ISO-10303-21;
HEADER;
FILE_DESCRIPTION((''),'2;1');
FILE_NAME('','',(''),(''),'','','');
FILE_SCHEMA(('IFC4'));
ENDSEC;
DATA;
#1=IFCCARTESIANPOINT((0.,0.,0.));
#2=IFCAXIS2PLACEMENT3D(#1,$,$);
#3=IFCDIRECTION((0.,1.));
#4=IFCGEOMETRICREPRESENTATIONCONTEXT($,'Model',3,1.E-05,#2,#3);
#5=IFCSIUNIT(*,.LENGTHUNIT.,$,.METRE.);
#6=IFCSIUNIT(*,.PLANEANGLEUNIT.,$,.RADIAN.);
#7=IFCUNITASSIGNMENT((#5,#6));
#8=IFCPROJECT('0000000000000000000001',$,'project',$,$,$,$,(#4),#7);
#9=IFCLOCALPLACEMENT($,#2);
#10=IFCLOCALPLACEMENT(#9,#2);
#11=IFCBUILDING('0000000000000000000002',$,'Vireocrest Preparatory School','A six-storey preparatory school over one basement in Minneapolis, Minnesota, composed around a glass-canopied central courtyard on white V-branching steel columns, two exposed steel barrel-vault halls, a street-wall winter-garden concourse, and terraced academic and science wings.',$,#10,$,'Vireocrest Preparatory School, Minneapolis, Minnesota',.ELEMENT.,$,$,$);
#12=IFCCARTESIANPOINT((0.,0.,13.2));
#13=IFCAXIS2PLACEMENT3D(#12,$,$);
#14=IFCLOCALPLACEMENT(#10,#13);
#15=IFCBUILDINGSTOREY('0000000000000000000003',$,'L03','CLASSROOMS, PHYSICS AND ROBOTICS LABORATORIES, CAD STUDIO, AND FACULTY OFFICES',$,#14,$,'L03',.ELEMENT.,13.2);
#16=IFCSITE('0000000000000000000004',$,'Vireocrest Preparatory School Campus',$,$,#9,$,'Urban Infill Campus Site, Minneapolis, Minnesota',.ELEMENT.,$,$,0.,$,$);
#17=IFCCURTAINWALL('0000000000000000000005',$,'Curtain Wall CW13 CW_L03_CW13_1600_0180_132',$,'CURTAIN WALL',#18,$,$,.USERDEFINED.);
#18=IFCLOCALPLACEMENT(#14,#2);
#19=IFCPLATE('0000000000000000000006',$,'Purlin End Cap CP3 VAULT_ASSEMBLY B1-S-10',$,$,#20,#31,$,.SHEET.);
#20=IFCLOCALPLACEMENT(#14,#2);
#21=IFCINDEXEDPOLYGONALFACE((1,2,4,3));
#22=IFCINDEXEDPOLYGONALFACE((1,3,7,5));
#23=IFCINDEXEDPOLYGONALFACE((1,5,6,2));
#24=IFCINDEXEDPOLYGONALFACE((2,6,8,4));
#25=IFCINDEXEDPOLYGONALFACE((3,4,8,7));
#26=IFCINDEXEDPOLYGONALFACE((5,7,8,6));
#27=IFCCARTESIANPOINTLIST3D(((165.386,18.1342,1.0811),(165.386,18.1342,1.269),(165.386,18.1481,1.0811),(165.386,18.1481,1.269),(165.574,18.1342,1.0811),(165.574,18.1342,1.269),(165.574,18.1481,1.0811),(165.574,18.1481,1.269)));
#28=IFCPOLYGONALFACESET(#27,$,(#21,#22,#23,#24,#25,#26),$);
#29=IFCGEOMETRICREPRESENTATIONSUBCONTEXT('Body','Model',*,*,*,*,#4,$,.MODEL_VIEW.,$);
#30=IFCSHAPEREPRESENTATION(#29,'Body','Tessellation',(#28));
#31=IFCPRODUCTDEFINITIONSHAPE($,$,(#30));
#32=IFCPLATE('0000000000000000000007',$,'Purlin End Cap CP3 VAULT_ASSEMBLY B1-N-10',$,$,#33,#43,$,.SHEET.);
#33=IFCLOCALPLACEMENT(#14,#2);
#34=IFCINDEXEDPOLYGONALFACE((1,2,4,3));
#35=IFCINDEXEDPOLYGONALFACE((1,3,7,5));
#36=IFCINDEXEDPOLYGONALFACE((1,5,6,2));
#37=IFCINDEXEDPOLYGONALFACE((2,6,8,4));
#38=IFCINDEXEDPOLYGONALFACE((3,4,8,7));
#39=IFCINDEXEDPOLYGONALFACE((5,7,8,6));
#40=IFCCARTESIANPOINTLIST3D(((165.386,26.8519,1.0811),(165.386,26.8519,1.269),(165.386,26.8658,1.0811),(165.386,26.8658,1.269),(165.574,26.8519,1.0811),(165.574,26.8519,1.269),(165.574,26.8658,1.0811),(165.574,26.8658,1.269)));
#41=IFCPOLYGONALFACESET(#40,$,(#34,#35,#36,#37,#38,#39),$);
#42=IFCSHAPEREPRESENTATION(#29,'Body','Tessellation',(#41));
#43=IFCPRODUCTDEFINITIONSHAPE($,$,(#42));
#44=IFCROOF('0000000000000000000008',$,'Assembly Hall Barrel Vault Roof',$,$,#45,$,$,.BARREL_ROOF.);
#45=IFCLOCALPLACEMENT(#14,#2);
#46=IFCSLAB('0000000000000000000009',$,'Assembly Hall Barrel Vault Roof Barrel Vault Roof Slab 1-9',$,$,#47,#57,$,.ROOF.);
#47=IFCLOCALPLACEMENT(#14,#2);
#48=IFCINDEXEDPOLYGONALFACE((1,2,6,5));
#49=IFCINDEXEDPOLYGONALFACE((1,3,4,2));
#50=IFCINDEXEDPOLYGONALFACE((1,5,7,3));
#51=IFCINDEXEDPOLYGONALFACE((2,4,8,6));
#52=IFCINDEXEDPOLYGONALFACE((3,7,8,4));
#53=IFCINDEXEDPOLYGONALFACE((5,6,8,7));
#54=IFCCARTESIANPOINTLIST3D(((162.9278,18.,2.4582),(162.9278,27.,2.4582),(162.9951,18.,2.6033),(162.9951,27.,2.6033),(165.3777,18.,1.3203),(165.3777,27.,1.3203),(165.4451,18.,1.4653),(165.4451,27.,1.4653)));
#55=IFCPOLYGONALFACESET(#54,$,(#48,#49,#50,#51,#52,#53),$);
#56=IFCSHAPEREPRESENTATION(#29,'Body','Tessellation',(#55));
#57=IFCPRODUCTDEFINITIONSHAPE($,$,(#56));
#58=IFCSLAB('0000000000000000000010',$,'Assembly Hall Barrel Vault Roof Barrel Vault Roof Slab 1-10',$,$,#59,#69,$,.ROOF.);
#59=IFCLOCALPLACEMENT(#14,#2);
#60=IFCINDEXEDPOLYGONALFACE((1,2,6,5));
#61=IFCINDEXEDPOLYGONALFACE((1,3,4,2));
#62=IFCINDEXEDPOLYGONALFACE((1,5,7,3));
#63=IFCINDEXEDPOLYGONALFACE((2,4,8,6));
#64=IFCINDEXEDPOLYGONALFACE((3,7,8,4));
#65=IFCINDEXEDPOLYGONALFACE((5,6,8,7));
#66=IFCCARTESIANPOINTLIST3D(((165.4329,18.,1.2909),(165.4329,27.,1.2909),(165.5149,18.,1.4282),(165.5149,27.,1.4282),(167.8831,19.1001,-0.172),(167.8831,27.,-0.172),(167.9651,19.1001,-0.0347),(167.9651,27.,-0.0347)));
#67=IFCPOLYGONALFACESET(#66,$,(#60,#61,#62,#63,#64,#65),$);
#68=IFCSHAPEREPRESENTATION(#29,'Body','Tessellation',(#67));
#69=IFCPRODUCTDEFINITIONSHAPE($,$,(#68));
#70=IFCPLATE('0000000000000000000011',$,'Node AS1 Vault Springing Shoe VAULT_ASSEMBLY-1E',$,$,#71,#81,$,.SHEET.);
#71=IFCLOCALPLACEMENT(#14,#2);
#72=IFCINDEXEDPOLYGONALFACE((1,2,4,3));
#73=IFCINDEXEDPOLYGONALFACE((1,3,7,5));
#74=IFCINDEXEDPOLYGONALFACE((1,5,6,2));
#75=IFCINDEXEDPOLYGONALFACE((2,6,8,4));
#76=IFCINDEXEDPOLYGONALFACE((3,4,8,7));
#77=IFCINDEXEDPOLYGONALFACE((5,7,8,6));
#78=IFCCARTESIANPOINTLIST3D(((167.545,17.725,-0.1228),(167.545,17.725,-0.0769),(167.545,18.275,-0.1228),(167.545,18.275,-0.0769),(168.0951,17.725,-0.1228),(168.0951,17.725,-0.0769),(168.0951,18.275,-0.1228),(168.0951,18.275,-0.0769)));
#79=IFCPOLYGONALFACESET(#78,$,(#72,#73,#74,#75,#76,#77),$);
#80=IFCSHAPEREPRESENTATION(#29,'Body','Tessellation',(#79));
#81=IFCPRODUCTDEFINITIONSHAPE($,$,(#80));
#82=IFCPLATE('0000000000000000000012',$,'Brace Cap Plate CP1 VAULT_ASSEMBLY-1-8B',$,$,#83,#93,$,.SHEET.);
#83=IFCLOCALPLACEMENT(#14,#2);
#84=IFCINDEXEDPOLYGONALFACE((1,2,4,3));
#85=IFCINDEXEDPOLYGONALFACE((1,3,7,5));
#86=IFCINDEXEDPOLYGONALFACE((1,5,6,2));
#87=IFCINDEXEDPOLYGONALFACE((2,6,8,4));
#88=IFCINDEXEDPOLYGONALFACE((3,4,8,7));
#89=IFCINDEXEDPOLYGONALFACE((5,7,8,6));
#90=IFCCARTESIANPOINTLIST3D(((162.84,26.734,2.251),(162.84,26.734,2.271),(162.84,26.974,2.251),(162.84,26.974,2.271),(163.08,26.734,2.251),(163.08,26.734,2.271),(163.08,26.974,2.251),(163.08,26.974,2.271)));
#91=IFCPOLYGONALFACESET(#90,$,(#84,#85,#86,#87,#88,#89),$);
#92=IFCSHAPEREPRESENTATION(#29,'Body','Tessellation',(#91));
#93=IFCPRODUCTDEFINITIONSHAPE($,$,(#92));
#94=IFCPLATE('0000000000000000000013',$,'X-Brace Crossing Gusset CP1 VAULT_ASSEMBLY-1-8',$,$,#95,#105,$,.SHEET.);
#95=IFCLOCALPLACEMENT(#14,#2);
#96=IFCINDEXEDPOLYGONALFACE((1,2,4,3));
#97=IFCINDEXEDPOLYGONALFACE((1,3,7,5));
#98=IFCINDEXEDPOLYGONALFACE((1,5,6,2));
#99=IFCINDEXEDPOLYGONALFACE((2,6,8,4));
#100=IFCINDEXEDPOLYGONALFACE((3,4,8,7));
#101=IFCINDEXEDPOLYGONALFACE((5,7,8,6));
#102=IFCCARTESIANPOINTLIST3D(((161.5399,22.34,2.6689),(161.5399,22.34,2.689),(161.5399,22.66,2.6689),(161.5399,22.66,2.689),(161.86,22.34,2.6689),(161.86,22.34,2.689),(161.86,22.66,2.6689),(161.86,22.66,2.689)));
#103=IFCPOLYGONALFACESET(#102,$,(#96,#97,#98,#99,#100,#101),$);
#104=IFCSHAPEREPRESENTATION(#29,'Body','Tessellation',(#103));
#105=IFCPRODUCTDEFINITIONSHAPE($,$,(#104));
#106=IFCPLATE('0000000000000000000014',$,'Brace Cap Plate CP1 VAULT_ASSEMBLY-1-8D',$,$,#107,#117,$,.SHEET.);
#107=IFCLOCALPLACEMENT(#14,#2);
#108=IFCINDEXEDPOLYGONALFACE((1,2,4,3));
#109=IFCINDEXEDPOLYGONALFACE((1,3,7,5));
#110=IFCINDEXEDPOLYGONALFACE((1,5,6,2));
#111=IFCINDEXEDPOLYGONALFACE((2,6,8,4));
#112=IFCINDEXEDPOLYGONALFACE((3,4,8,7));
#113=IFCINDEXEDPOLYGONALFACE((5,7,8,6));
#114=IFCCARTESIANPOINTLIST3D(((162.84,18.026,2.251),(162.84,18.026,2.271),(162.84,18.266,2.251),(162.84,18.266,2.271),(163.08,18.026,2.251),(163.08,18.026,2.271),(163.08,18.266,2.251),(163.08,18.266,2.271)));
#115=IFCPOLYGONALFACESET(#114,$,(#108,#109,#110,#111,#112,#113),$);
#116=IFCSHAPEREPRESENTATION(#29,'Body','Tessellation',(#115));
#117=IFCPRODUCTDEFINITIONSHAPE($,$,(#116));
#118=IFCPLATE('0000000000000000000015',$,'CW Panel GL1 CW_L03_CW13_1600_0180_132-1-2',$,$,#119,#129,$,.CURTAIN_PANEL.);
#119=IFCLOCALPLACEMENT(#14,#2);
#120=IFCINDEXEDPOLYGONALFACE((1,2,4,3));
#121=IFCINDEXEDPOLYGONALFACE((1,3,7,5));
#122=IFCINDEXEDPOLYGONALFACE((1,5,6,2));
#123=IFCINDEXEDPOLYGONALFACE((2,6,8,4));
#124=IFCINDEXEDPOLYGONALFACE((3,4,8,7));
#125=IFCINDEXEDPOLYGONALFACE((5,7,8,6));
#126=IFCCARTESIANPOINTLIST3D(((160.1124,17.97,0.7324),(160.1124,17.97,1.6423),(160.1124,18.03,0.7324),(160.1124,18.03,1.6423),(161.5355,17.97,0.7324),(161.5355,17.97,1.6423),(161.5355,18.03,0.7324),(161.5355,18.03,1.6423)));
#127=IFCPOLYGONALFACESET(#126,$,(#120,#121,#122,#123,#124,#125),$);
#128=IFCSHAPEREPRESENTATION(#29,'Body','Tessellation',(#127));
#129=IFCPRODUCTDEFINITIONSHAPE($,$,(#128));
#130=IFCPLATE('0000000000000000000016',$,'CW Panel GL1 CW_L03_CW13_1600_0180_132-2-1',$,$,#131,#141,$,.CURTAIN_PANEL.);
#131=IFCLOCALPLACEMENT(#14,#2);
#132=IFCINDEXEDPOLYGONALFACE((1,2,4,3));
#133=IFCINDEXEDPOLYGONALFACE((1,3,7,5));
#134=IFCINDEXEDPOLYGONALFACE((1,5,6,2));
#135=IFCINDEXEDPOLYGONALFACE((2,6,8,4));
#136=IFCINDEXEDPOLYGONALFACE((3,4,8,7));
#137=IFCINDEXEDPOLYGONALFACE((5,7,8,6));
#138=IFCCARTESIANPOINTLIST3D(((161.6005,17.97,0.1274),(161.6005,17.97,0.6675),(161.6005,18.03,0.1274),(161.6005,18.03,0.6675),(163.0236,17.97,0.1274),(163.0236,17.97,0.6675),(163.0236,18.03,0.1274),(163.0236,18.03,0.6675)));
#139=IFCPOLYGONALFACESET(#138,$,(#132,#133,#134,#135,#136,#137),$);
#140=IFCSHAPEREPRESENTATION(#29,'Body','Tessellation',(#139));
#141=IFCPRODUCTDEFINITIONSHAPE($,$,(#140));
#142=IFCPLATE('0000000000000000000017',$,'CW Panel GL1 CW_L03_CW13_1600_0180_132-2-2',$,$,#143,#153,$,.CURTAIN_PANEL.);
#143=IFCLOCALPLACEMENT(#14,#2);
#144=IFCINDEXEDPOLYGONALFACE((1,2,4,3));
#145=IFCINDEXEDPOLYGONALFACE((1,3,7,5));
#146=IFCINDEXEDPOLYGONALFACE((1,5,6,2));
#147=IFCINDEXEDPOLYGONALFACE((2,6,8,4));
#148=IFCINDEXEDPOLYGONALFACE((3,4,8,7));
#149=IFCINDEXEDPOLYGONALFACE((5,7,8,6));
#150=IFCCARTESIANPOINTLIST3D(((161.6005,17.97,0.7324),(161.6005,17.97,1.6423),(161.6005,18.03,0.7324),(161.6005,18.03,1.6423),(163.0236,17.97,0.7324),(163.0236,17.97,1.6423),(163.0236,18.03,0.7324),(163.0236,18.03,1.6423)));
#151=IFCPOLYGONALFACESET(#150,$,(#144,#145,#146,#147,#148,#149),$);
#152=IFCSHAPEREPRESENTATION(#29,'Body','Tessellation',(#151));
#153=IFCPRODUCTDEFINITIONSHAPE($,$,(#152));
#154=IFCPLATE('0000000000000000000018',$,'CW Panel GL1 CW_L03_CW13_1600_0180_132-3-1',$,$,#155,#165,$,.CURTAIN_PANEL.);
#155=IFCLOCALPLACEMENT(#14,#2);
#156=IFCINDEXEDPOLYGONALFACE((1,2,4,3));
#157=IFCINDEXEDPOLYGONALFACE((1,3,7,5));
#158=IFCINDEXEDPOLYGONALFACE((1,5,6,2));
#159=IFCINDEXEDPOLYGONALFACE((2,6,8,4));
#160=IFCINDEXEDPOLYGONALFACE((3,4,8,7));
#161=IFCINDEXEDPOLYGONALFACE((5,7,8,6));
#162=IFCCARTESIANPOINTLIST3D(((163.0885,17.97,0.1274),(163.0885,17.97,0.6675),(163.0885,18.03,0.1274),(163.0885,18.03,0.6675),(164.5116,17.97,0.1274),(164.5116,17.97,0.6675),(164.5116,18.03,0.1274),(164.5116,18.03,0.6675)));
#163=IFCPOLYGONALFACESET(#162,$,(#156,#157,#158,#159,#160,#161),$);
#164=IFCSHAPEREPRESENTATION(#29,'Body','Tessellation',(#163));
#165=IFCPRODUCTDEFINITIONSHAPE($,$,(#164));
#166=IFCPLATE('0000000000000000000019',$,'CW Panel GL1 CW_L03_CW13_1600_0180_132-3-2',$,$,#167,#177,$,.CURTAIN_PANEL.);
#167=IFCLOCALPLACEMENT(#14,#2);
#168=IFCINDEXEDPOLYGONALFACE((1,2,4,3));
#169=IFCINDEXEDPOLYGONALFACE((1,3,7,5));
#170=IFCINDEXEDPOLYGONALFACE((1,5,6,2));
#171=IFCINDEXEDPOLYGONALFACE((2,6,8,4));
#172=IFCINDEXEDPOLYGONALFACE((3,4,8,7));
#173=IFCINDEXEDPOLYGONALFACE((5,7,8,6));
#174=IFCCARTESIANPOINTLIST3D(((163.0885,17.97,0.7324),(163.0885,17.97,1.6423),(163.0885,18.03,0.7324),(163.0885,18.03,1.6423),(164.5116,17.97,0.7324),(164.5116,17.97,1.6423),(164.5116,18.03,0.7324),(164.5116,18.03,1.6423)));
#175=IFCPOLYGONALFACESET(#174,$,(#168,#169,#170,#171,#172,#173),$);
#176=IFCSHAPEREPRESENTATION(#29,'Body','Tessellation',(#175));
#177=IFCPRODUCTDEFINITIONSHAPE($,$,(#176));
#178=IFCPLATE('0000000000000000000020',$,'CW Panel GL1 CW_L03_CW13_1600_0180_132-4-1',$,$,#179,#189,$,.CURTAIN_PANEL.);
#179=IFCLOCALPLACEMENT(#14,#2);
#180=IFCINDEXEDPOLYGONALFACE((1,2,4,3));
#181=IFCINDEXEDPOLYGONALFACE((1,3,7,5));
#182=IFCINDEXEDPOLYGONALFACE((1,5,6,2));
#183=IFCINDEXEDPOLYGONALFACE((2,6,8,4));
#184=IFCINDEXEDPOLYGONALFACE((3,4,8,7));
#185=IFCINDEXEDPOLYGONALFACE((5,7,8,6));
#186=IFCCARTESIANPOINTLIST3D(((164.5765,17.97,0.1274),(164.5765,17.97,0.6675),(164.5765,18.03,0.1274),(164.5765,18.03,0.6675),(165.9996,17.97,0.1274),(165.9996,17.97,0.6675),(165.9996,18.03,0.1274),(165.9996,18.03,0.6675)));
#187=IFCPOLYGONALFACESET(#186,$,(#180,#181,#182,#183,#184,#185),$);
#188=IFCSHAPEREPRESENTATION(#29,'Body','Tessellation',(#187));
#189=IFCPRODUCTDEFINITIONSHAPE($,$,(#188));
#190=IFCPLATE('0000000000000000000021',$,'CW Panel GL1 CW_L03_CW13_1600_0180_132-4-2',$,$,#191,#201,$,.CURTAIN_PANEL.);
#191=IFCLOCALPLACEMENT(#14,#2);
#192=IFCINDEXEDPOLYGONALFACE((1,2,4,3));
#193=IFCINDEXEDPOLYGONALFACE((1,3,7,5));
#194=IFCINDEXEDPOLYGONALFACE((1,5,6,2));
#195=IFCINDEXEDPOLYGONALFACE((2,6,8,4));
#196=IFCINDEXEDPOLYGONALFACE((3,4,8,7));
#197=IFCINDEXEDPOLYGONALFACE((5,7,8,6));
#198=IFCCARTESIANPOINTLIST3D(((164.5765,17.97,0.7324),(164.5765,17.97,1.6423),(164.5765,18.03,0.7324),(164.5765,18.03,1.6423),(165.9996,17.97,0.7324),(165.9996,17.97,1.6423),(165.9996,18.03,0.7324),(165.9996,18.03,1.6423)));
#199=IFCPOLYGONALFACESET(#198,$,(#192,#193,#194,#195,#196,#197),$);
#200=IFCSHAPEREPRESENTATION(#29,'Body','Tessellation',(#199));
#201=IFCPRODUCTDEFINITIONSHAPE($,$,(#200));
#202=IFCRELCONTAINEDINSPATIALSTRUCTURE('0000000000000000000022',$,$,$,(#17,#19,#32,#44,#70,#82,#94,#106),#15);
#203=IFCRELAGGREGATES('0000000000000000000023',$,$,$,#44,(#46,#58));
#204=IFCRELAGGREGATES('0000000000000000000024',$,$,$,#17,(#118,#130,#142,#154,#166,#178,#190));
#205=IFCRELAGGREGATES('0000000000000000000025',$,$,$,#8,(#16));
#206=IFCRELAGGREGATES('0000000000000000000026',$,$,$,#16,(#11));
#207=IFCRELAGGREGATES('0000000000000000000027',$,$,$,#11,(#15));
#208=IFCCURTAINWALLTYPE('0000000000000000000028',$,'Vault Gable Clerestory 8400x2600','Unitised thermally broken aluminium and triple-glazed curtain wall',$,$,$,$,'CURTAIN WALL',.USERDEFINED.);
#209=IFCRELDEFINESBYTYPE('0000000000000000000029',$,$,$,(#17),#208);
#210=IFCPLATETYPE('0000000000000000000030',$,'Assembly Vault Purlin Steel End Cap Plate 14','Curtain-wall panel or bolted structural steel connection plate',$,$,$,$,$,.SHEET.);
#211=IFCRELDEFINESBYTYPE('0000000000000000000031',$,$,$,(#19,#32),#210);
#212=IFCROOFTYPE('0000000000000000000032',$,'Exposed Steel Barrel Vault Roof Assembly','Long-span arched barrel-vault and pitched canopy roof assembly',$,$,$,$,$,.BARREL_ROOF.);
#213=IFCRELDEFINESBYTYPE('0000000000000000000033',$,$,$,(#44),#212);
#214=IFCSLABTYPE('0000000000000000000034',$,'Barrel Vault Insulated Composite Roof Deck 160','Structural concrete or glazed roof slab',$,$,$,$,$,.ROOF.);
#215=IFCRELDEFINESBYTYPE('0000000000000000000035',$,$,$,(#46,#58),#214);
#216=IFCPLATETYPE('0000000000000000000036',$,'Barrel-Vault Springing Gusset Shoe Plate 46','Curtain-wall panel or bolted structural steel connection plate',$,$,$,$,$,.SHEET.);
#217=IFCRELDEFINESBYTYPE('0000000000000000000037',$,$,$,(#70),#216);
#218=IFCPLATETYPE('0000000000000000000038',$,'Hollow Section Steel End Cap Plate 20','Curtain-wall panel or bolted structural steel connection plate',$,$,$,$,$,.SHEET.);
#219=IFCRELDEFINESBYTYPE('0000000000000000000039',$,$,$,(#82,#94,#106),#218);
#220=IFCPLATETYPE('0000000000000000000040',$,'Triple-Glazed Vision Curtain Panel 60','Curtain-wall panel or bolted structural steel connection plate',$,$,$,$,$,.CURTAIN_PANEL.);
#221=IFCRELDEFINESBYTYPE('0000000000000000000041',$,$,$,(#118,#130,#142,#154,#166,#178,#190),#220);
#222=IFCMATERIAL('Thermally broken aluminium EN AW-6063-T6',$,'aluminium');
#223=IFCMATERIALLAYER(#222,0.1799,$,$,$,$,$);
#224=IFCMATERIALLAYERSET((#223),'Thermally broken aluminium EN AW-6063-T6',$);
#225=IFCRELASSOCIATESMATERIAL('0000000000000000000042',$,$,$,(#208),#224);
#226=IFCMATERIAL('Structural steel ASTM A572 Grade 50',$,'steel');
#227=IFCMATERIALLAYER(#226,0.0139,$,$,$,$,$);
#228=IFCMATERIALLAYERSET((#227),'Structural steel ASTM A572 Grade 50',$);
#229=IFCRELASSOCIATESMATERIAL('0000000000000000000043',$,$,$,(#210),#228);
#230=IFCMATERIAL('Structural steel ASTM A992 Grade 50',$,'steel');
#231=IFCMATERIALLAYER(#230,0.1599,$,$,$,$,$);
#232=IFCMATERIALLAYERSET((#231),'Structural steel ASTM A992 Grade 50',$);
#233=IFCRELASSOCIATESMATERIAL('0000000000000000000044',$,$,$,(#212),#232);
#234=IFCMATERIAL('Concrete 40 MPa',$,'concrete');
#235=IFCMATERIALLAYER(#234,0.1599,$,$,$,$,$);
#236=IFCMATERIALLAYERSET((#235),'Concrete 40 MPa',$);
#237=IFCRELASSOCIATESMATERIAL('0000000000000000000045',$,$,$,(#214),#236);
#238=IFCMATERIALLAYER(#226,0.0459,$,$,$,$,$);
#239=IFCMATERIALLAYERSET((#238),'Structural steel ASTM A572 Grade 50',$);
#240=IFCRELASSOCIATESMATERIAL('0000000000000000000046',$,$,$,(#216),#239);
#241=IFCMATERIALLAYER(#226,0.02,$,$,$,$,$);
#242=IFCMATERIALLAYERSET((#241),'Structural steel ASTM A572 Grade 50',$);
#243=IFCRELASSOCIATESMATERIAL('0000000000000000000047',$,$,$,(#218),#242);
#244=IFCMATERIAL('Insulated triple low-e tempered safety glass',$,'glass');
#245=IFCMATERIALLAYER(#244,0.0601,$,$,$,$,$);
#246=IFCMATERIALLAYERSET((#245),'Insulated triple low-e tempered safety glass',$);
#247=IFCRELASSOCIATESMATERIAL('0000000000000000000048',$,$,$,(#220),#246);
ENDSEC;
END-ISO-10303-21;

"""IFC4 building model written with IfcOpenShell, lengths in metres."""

from ifc_helpers import new_model, si_unit, direction, frame, origin, origin_2d, place, context, subcontext, project, spatial, polyline, rectangle, outline, extrude, material, layer, layer_set, type_object, element, aggregate, save


model = new_model("IFC4")

# Units and contexts
model_context = context("Model", 3, precision=1e-05, world=origin(), true_north=direction((0.0, 1.0)))
body_context = subcontext(model_context, "Body", "Model", "MODEL_VIEW")
ifc_project = project(units=[si_unit("LENGTHUNIT", "METRE"), si_unit("PLANEANGLEUNIT", "RADIAN")], contexts=[model_context])

# Site, building, storey
site_placement = place(None, origin())
site = spatial("IfcSite", under=ifc_project, at=site_placement, Name="Vireocrest Preparatory School Campus", LongName="Urban Infill Campus Site, Minneapolis, Minnesota", CompositionType="ELEMENT", RefElevation=0.0)
building_placement = place(site_placement, origin())
building = spatial("IfcBuilding", under=site, at=building_placement, Name="Vireocrest Preparatory School", Description="A six-storey preparatory school over one basement in Minneapolis, Minnesota, composed around a glass-canopied central courtyard on white V-branching steel columns, two exposed steel barrel-vault halls, a street-wall winter-garden concourse, and terraced academic and science wings.", LongName="Vireocrest Preparatory School, Minneapolis, Minnesota", CompositionType="ELEMENT")
storey_placement = place(building_placement, frame((0.0, 0.0, 13.2)))
storey = spatial("IfcBuildingStorey", under=building, at=storey_placement, Name="L03", Description="CLASSROOMS, PHYSICS AND ROBOTICS LABORATORIES, CAD STUDIO, AND FACULTY OFFICES", LongName="L03", CompositionType="ELEMENT", Elevation=13.2)

# Shared definitions
ifc_material_1 = material(Name="Structural steel ASTM A992 Grade 50", Category="steel")

# Curtain wall
ifc_material_2 = material(Name="Thermally broken aluminium EN AW-6063-T6", Category="aluminium")
ifc_layer_1 = layer(ifc_material_2, 0.1799)
ifc_layer_set_1 = layer_set([ifc_layer_1], Name="Thermally broken aluminium EN AW-6063-T6")
curtain_wall_type = type_object("IfcCurtainWallType", Name="Vault Gable Clerestory 8400x2600", Description="Unitised thermally broken aluminium and triple-glazed curtain wall", ElementType="CURTAIN WALL", PredefinedType="USERDEFINED", material=ifc_layer_set_1)
curtain_wall_placement = place(storey_placement, origin())
curtain_wall = element("IfcCurtainWall", 1, at=curtain_wall_placement, inside=storey, type_object=curtain_wall_type, Name="Curtain Wall CW13 CW_L03_CW13_1600_0180_132", ObjectType="CURTAIN WALL", PredefinedType="USERDEFINED")

# Plates
ifc_material_3 = material(Name="Structural steel ASTM A572 Grade 50", Category="steel")
ifc_layer_2 = layer(ifc_material_3, 0.0139)
ifc_layer_set_2 = layer_set([ifc_layer_2], Name="Structural steel ASTM A572 Grade 50")
plate_type_1 = type_object("IfcPlateType", Name="Assembly Vault Purlin Steel End Cap Plate 14", Description="Curtain-wall panel or bolted structural steel connection plate", PredefinedType="SHEET", material=ifc_layer_set_2)
for number, where, z_axis, x_axis, name in (
    (2, (165.48, 18.1411, 1.0811), (0.0, 0.0, 1.0), (1.0, 0.0, 0.0), "Purlin End Cap CP3 VAULT_ASSEMBLY B1-S-10"),
    (3, (165.48, 26.8589, 1.0811), (0.0, 0.0, 1.0), (1.0, 0.0, 0.0), "Purlin End Cap CP3 VAULT_ASSEMBLY B1-N-10"),
):
    element("IfcPlate", number, at=place(storey_placement, frame(where, z_axis=z_axis, x_axis=x_axis)), inside=storey, type_object=plate_type_1, Name=name, PredefinedType="SHEET", context=body_context, shape_type="SweptSolid", body=[
        extrude(rectangle(XDim=0.188, YDim=0.0139, at=origin_2d()), origin(), (0.0, 0.0, 1.0), 0.188),
    ])

# Roof, slabs
ifc_layer_3 = layer(ifc_material_1, 0.1599)
ifc_layer_set_3 = layer_set([ifc_layer_3], Name="Structural steel ASTM A992 Grade 50")
roof_type = type_object("IfcRoofType", Name="Exposed Steel Barrel Vault Roof Assembly", Description="Long-span arched barrel-vault and pitched canopy roof assembly", PredefinedType="BARREL_ROOF", material=ifc_layer_set_3)
roof_placement = place(storey_placement, origin())
roof = element("IfcRoof", 4, at=roof_placement, inside=storey, type_object=roof_type, Name="Assembly Hall Barrel Vault Roof", PredefinedType="BARREL_ROOF")
ifc_material_4 = material(Name="Concrete 40 MPa", Category="concrete")
ifc_layer_4 = layer(ifc_material_4, 0.1599)
ifc_layer_set_4 = layer_set([ifc_layer_4], Name="Concrete 40 MPa")
slab_type = type_object("IfcSlabType", Name="Barrel Vault Insulated Composite Roof Deck 160", Description="Structural concrete or glazed roof slab", PredefinedType="ROOF", material=ifc_layer_set_4)
slab_1_placement = place(storey_placement, frame((162.9951, 18.0, 2.6033), z_axis=(0.421252, 0.0, 0.906944), x_axis=(0.906944, 0.0, -0.421252)))
slab_1 = element("IfcSlab", 5, at=slab_1_placement, type_object=slab_type, Name="Assembly Hall Barrel Vault Roof Barrel Vault Roof Slab 1-9", PredefinedType="ROOF", context=body_context, shape_type="SweptSolid", body=[
    extrude(outline(polyline([(0.0, 0.0), (2.7013, 0.0), (2.7013, 9.0), (0.0, 9.0), (0.0, 0.0)])), origin(), (0.0, 0.0, -1.0), 0.1599),
])
slab_2_placement = place(storey_placement, frame((165.5149, 18.0, 1.4282), z_axis=(0.512633, 0.0, 0.858608), x_axis=(0.80114, 0.359699, -0.478321)))
slab_2 = element("IfcSlab", 6, at=slab_2_placement, type_object=slab_type, Name="Assembly Hall Barrel Vault Roof Barrel Vault Roof Slab 1-10", PredefinedType="ROOF", context=body_context, shape_type="SweptSolid", body=[
    extrude(outline(polyline([(0.0, 0.0), (3.0584, 0.0), (5.9, 7.3711), (3.2373, 8.3976), (0.0, 0.0)])), origin(), (0.0, 0.0, -1.0), 0.1599),
])
aggregate(roof, [slab_1, slab_2])

# Plates
ifc_layer_5 = layer(ifc_material_3, 0.0459)
ifc_layer_set_5 = layer_set([ifc_layer_5], Name="Structural steel ASTM A572 Grade 50")
plate_type_2 = type_object("IfcPlateType", Name="Barrel-Vault Springing Gusset Shoe Plate 46", Description="Curtain-wall panel or bolted structural steel connection plate", PredefinedType="SHEET", material=ifc_layer_set_5)
plate_1_placement = place(storey_placement, frame((167.8201, 18.0, -0.1228), z_axis=(0.0, 0.0, 1.0), x_axis=(1.0, 0.0, 0.0)))
element("IfcPlate", 7, at=plate_1_placement, inside=storey, type_object=plate_type_2, Name="Node AS1 Vault Springing Shoe VAULT_ASSEMBLY-1E", PredefinedType="SHEET", context=body_context, shape_type="SweptSolid", body=[
    extrude(rectangle(XDim=0.55, YDim=0.55, at=origin_2d()), origin(), (0.0, 0.0, 1.0), 0.0459),
])
ifc_layer_6 = layer(ifc_material_3, 0.02)
ifc_layer_set_6 = layer_set([ifc_layer_6], Name="Structural steel ASTM A572 Grade 50")
plate_type_3 = type_object("IfcPlateType", Name="Hollow Section Steel End Cap Plate 20", Description="Curtain-wall panel or bolted structural steel connection plate", PredefinedType="SHEET", material=ifc_layer_set_6)
plate_2_placement = place(storey_placement, frame((162.96, 26.854, 2.251), z_axis=(0.0, 0.0, 1.0), x_axis=(1.0, 0.0, 0.0)))
element("IfcPlate", 8, at=plate_2_placement, inside=storey, type_object=plate_type_3, Name="Brace Cap Plate CP1 VAULT_ASSEMBLY-1-8B", PredefinedType="SHEET", context=body_context, shape_type="SweptSolid", body=[
    extrude(rectangle(XDim=0.24, YDim=0.24, at=origin_2d()), origin(), (0.0, 0.0, 1.0), 0.02),
])
plate_3_placement = place(storey_placement, frame((161.7, 22.5, 2.6689), z_axis=(0.0, 0.0, 1.0), x_axis=(1.0, 0.0, 0.0)))
element("IfcPlate", 9, at=plate_3_placement, inside=storey, type_object=plate_type_3, Name="X-Brace Crossing Gusset CP1 VAULT_ASSEMBLY-1-8", PredefinedType="SHEET", context=body_context, shape_type="SweptSolid", body=[
    extrude(rectangle(XDim=0.3201, YDim=0.3201, at=origin_2d()), origin(), (0.0, 0.0, 1.0), 0.02),
])
plate_4_placement = place(storey_placement, frame((162.96, 18.146, 2.251), z_axis=(0.0, 0.0, 1.0), x_axis=(1.0, 0.0, 0.0)))
element("IfcPlate", 10, at=plate_4_placement, inside=storey, type_object=plate_type_3, Name="Brace Cap Plate CP1 VAULT_ASSEMBLY-1-8D", PredefinedType="SHEET", context=body_context, shape_type="SweptSolid", body=[
    extrude(rectangle(XDim=0.24, YDim=0.24, at=origin_2d()), origin(), (0.0, 0.0, 1.0), 0.02),
])

# Plates
ifc_material_5 = material(Name="Insulated triple low-e tempered safety glass", Category="glass")
ifc_layer_7 = layer(ifc_material_5, 0.0601)
ifc_layer_set_7 = layer_set([ifc_layer_7], Name="Insulated triple low-e tempered safety glass")
plate_type_4 = type_object("IfcPlateType", Name="Triple-Glazed Vision Curtain Panel 60", Description="Curtain-wall panel or bolted structural steel connection plate", PredefinedType="CURTAIN_PANEL", material=ifc_layer_set_7)
plate_5_placement = place(storey_placement, frame((160.824, 18.0, 0.7324), z_axis=(0.0, 0.0, 1.0), x_axis=(1.0, 0.0, 0.0)))
plate_5 = element("IfcPlate", 11, at=plate_5_placement, type_object=plate_type_4, Name="CW Panel GL1 CW_L03_CW13_1600_0180_132-1-2", PredefinedType="CURTAIN_PANEL", context=body_context, shape_type="SweptSolid", body=[
    extrude(rectangle(XDim=1.4231, YDim=0.0601, at=origin_2d()), origin(), (0.0, 0.0, 1.0), 0.9099),
])
plate_6_placement = place(storey_placement, frame((162.312, 18.0, 0.1274), z_axis=(0.0, 0.0, 1.0), x_axis=(1.0, 0.0, 0.0)))
plate_6 = element("IfcPlate", 12, at=plate_6_placement, type_object=plate_type_4, Name="CW Panel GL1 CW_L03_CW13_1600_0180_132-2-1", PredefinedType="CURTAIN_PANEL", context=body_context, shape_type="SweptSolid", body=[
    extrude(rectangle(XDim=1.4231, YDim=0.0601, at=origin_2d()), origin(), (0.0, 0.0, 1.0), 0.54),
])
plate_7_placement = place(storey_placement, frame((162.312, 18.0, 0.7324), z_axis=(0.0, 0.0, 1.0), x_axis=(1.0, 0.0, 0.0)))
plate_7 = element("IfcPlate", 13, at=plate_7_placement, type_object=plate_type_4, Name="CW Panel GL1 CW_L03_CW13_1600_0180_132-2-2", PredefinedType="CURTAIN_PANEL", context=body_context, shape_type="SweptSolid", body=[
    extrude(rectangle(XDim=1.4231, YDim=0.0601, at=origin_2d()), origin(), (0.0, 0.0, 1.0), 0.9099),
])
plate_8_placement = place(storey_placement, frame((163.8, 18.0, 0.1274), z_axis=(0.0, 0.0, 1.0), x_axis=(1.0, 0.0, 0.0)))
plate_8 = element("IfcPlate", 14, at=plate_8_placement, type_object=plate_type_4, Name="CW Panel GL1 CW_L03_CW13_1600_0180_132-3-1", PredefinedType="CURTAIN_PANEL", context=body_context, shape_type="SweptSolid", body=[
    extrude(rectangle(XDim=1.4231, YDim=0.0601, at=origin_2d()), origin(), (0.0, 0.0, 1.0), 0.54),
])
plate_9_placement = place(storey_placement, frame((163.8, 18.0, 0.7324), z_axis=(0.0, 0.0, 1.0), x_axis=(1.0, 0.0, 0.0)))
plate_9 = element("IfcPlate", 15, at=plate_9_placement, type_object=plate_type_4, Name="CW Panel GL1 CW_L03_CW13_1600_0180_132-3-2", PredefinedType="CURTAIN_PANEL", context=body_context, shape_type="SweptSolid", body=[
    extrude(rectangle(XDim=1.4231, YDim=0.0601, at=origin_2d()), origin(), (0.0, 0.0, 1.0), 0.9099),
])
plate_10_placement = place(storey_placement, frame((165.2881, 18.0, 0.1274), z_axis=(0.0, 0.0, 1.0), x_axis=(1.0, 0.0, 0.0)))
plate_10 = element("IfcPlate", 16, at=plate_10_placement, type_object=plate_type_4, Name="CW Panel GL1 CW_L03_CW13_1600_0180_132-4-1", PredefinedType="CURTAIN_PANEL", context=body_context, shape_type="SweptSolid", body=[
    extrude(rectangle(XDim=1.4231, YDim=0.0601, at=origin_2d()), origin(), (0.0, 0.0, 1.0), 0.54),
])
plate_11_placement = place(storey_placement, frame((165.2881, 18.0, 0.7324), z_axis=(0.0, 0.0, 1.0), x_axis=(1.0, 0.0, 0.0)))
plate_11 = element("IfcPlate", 17, at=plate_11_placement, type_object=plate_type_4, Name="CW Panel GL1 CW_L03_CW13_1600_0180_132-4-2", PredefinedType="CURTAIN_PANEL", context=body_context, shape_type="SweptSolid", body=[
    extrude(rectangle(XDim=1.4231, YDim=0.0601, at=origin_2d()), origin(), (0.0, 0.0, 1.0), 0.9099),
])
aggregate(curtain_wall, [plate_5, plate_6, plate_7, plate_8, plate_9, plate_10, plate_11])

save(model, "model.ifc")
